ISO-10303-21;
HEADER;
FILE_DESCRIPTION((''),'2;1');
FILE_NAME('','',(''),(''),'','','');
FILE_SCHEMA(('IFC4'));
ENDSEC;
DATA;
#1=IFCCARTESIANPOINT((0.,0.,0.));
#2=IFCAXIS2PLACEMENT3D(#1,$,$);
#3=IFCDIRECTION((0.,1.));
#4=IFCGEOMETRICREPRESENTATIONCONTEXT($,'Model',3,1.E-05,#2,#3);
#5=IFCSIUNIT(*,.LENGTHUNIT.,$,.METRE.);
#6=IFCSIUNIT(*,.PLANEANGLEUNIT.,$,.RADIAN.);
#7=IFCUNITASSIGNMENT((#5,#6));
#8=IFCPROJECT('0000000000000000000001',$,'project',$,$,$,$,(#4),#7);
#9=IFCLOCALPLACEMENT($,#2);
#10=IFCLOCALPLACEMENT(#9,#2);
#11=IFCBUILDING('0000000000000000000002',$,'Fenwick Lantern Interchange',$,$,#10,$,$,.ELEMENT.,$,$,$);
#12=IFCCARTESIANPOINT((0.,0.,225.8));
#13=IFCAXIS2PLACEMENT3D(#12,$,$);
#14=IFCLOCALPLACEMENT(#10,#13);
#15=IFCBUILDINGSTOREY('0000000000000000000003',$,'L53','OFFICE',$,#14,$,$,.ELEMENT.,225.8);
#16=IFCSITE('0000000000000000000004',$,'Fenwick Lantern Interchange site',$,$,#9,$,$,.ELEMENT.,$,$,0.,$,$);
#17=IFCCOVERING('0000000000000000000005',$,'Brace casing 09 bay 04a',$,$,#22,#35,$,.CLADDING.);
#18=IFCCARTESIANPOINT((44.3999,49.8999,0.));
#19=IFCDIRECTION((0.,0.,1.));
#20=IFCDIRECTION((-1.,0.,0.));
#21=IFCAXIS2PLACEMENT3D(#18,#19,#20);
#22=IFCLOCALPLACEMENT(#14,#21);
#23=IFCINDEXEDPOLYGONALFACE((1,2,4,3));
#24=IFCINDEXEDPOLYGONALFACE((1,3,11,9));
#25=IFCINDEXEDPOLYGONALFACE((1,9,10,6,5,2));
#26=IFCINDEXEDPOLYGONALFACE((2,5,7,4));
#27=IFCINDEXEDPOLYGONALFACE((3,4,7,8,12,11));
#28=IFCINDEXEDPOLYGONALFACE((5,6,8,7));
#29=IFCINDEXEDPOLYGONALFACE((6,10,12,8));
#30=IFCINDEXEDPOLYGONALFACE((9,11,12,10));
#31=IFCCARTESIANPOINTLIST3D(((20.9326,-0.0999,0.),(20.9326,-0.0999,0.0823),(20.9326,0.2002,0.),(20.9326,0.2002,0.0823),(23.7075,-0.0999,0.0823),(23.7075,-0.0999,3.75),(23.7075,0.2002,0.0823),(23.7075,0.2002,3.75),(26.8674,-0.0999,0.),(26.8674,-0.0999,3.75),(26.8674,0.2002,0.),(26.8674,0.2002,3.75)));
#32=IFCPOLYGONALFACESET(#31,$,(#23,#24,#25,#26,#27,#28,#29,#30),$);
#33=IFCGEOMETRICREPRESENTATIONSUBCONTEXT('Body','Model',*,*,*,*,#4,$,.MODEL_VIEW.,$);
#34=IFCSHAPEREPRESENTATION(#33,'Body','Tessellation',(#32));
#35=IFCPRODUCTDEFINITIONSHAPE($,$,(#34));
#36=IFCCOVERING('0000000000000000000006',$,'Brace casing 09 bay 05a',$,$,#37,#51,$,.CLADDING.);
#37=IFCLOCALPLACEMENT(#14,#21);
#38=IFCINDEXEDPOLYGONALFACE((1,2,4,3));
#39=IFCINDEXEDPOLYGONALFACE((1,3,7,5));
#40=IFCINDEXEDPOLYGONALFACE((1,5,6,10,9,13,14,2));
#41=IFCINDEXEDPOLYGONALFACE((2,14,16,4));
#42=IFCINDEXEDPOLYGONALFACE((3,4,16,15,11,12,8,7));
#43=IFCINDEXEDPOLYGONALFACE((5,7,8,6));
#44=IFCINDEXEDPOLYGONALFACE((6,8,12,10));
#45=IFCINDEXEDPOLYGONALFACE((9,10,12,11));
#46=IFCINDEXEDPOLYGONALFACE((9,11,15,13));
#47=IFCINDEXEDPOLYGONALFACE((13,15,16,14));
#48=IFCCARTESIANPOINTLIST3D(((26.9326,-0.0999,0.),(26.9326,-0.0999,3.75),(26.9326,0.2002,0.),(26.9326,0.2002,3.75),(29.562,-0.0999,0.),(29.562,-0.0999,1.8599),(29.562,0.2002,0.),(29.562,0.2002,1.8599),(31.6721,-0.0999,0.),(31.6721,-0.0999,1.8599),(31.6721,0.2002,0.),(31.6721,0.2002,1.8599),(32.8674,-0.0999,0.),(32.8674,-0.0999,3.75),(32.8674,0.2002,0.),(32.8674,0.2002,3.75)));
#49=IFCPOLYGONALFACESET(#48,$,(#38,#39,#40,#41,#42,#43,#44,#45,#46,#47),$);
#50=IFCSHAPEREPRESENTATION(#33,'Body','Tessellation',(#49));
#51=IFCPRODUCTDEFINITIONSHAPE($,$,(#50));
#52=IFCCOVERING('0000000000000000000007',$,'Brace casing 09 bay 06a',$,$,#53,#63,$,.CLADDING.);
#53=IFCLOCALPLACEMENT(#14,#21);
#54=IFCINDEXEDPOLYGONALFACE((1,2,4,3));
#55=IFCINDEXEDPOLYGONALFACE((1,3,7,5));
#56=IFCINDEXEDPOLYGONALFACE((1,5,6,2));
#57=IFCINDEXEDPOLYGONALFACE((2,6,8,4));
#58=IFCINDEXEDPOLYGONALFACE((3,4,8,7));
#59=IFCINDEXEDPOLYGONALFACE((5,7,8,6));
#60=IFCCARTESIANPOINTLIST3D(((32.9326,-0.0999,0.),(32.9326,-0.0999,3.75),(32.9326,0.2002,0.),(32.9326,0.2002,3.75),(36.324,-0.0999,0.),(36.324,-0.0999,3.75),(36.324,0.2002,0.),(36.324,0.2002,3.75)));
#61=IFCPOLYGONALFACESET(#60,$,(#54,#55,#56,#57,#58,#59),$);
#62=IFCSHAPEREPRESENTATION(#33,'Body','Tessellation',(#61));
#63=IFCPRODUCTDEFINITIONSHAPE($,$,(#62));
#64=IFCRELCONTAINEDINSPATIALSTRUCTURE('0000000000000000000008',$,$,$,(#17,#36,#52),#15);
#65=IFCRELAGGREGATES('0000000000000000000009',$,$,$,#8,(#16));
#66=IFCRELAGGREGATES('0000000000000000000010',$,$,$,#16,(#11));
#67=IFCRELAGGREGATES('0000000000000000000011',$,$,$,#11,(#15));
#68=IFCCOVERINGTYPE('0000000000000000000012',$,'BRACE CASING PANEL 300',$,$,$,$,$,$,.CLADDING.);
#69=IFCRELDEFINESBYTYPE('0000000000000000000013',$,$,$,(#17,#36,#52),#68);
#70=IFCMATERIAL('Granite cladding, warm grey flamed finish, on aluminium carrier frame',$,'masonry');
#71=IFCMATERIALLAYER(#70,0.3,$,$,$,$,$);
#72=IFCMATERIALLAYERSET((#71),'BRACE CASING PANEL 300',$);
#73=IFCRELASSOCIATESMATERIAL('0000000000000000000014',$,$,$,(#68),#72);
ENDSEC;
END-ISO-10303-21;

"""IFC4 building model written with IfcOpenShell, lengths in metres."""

from ifc_helpers import new_model, si_unit, direction, frame, origin, place, context, subcontext, project, spatial, polyline, outline, extrude, material, layer, layer_set, type_object, element, save


model = new_model("IFC4")

# Units and contexts
model_context = context("Model", 3, precision=1e-05, world=origin(), true_north=direction((0.0, 1.0)))
body_context = subcontext(model_context, "Body", "Model", "MODEL_VIEW")
ifc_project = project(units=[si_unit("LENGTHUNIT", "METRE"), si_unit("PLANEANGLEUNIT", "RADIAN")], contexts=[model_context])

# Site, building, storey
site_placement = place(None, origin())
site = spatial("IfcSite", under=ifc_project, at=site_placement, Name="Fenwick Lantern Interchange site", CompositionType="ELEMENT", RefElevation=0.0)
building_placement = place(site_placement, origin())
building = spatial("IfcBuilding", under=site, at=building_placement, Name="Fenwick Lantern Interchange", CompositionType="ELEMENT")
storey_placement = place(building_placement, frame((0.0, 0.0, 225.8)))
storey = spatial("IfcBuildingStorey", under=building, at=storey_placement, Name="L53", Description="OFFICE", CompositionType="ELEMENT", Elevation=225.8)

# Coverings
ifc_material_1 = material(Name="Granite cladding, warm grey flamed finish, on aluminium carrier frame", Category="masonry")
ifc_layer_1 = layer(ifc_material_1, 0.3)
ifc_layer_set_1 = layer_set([ifc_layer_1], Name="BRACE CASING PANEL 300")
covering_type = type_object("IfcCoveringType", Name="BRACE CASING PANEL 300", PredefinedType="CLADDING", material=ifc_layer_set_1)
covering_1_placement = place(storey_placement, frame((44.3999, 49.8999, 0.0), z_axis=(0.0, 0.0, 1.0), x_axis=(-1.0, 0.0, 0.0)))
element("IfcCovering", 1, at=covering_1_placement, inside=storey, type_object=covering_type, Name="Brace casing 09 bay 04a", PredefinedType="CLADDING", context=body_context, shape_type="SweptSolid", body=[
    extrude(outline(polyline([(20.9326, 0.0), (26.8674, 0.0), (26.8674, 3.75), (23.7075, 3.75), (23.7075, 0.0823), (20.9326, 0.0823), (20.9326, 0.0)])), frame((0.0, 0.2002, 0.0), z_axis=(0.0, -1.0, 0.0), x_axis=(1.0, 0.0, 0.0)), (0.0, 0.0, 1.0), 0.3),
])
covering_2_placement = place(storey_placement, frame((44.3999, 49.8999, 0.0), z_axis=(0.0, 0.0, 1.0), x_axis=(-1.0, 0.0, 0.0)))
element("IfcCovering", 2, at=covering_2_placement, inside=storey, type_object=covering_type, Name="Brace casing 09 bay 05a", PredefinedType="CLADDING", context=body_context, shape_type="SweptSolid", body=[
    extrude(outline(polyline([(26.9326, 0.0), (29.562, 0.0), (29.562, 1.8599), (31.6721, 1.8599), (31.6721, 0.0), (32.8674, 0.0), (32.8674, 3.75), (26.9326, 3.75), (26.9326, 0.0)])), frame((0.0, 0.2002, 0.0), z_axis=(0.0, -1.0, 0.0), x_axis=(1.0, 0.0, 0.0)), (0.0, 0.0, 1.0), 0.3),
])
covering_3_placement = place(storey_placement, frame((44.3999, 49.8999, 0.0), z_axis=(0.0, 0.0, 1.0), x_axis=(-1.0, 0.0, 0.0)))
element("IfcCovering", 3, at=covering_3_placement, inside=storey, type_object=covering_type, Name="Brace casing 09 bay 06a", PredefinedType="CLADDING", context=body_context, shape_type="SweptSolid", body=[
    extrude(outline(polyline([(32.9326, 0.0), (36.324, 0.0), (36.324, 3.75), (32.9326, 3.75), (32.9326, 0.0)])), frame((0.0, 0.2002, 0.0), z_axis=(0.0, -1.0, 0.0), x_axis=(1.0, 0.0, 0.0)), (0.0, 0.0, 1.0), 0.3),
])

save(model, "model.ifc")
